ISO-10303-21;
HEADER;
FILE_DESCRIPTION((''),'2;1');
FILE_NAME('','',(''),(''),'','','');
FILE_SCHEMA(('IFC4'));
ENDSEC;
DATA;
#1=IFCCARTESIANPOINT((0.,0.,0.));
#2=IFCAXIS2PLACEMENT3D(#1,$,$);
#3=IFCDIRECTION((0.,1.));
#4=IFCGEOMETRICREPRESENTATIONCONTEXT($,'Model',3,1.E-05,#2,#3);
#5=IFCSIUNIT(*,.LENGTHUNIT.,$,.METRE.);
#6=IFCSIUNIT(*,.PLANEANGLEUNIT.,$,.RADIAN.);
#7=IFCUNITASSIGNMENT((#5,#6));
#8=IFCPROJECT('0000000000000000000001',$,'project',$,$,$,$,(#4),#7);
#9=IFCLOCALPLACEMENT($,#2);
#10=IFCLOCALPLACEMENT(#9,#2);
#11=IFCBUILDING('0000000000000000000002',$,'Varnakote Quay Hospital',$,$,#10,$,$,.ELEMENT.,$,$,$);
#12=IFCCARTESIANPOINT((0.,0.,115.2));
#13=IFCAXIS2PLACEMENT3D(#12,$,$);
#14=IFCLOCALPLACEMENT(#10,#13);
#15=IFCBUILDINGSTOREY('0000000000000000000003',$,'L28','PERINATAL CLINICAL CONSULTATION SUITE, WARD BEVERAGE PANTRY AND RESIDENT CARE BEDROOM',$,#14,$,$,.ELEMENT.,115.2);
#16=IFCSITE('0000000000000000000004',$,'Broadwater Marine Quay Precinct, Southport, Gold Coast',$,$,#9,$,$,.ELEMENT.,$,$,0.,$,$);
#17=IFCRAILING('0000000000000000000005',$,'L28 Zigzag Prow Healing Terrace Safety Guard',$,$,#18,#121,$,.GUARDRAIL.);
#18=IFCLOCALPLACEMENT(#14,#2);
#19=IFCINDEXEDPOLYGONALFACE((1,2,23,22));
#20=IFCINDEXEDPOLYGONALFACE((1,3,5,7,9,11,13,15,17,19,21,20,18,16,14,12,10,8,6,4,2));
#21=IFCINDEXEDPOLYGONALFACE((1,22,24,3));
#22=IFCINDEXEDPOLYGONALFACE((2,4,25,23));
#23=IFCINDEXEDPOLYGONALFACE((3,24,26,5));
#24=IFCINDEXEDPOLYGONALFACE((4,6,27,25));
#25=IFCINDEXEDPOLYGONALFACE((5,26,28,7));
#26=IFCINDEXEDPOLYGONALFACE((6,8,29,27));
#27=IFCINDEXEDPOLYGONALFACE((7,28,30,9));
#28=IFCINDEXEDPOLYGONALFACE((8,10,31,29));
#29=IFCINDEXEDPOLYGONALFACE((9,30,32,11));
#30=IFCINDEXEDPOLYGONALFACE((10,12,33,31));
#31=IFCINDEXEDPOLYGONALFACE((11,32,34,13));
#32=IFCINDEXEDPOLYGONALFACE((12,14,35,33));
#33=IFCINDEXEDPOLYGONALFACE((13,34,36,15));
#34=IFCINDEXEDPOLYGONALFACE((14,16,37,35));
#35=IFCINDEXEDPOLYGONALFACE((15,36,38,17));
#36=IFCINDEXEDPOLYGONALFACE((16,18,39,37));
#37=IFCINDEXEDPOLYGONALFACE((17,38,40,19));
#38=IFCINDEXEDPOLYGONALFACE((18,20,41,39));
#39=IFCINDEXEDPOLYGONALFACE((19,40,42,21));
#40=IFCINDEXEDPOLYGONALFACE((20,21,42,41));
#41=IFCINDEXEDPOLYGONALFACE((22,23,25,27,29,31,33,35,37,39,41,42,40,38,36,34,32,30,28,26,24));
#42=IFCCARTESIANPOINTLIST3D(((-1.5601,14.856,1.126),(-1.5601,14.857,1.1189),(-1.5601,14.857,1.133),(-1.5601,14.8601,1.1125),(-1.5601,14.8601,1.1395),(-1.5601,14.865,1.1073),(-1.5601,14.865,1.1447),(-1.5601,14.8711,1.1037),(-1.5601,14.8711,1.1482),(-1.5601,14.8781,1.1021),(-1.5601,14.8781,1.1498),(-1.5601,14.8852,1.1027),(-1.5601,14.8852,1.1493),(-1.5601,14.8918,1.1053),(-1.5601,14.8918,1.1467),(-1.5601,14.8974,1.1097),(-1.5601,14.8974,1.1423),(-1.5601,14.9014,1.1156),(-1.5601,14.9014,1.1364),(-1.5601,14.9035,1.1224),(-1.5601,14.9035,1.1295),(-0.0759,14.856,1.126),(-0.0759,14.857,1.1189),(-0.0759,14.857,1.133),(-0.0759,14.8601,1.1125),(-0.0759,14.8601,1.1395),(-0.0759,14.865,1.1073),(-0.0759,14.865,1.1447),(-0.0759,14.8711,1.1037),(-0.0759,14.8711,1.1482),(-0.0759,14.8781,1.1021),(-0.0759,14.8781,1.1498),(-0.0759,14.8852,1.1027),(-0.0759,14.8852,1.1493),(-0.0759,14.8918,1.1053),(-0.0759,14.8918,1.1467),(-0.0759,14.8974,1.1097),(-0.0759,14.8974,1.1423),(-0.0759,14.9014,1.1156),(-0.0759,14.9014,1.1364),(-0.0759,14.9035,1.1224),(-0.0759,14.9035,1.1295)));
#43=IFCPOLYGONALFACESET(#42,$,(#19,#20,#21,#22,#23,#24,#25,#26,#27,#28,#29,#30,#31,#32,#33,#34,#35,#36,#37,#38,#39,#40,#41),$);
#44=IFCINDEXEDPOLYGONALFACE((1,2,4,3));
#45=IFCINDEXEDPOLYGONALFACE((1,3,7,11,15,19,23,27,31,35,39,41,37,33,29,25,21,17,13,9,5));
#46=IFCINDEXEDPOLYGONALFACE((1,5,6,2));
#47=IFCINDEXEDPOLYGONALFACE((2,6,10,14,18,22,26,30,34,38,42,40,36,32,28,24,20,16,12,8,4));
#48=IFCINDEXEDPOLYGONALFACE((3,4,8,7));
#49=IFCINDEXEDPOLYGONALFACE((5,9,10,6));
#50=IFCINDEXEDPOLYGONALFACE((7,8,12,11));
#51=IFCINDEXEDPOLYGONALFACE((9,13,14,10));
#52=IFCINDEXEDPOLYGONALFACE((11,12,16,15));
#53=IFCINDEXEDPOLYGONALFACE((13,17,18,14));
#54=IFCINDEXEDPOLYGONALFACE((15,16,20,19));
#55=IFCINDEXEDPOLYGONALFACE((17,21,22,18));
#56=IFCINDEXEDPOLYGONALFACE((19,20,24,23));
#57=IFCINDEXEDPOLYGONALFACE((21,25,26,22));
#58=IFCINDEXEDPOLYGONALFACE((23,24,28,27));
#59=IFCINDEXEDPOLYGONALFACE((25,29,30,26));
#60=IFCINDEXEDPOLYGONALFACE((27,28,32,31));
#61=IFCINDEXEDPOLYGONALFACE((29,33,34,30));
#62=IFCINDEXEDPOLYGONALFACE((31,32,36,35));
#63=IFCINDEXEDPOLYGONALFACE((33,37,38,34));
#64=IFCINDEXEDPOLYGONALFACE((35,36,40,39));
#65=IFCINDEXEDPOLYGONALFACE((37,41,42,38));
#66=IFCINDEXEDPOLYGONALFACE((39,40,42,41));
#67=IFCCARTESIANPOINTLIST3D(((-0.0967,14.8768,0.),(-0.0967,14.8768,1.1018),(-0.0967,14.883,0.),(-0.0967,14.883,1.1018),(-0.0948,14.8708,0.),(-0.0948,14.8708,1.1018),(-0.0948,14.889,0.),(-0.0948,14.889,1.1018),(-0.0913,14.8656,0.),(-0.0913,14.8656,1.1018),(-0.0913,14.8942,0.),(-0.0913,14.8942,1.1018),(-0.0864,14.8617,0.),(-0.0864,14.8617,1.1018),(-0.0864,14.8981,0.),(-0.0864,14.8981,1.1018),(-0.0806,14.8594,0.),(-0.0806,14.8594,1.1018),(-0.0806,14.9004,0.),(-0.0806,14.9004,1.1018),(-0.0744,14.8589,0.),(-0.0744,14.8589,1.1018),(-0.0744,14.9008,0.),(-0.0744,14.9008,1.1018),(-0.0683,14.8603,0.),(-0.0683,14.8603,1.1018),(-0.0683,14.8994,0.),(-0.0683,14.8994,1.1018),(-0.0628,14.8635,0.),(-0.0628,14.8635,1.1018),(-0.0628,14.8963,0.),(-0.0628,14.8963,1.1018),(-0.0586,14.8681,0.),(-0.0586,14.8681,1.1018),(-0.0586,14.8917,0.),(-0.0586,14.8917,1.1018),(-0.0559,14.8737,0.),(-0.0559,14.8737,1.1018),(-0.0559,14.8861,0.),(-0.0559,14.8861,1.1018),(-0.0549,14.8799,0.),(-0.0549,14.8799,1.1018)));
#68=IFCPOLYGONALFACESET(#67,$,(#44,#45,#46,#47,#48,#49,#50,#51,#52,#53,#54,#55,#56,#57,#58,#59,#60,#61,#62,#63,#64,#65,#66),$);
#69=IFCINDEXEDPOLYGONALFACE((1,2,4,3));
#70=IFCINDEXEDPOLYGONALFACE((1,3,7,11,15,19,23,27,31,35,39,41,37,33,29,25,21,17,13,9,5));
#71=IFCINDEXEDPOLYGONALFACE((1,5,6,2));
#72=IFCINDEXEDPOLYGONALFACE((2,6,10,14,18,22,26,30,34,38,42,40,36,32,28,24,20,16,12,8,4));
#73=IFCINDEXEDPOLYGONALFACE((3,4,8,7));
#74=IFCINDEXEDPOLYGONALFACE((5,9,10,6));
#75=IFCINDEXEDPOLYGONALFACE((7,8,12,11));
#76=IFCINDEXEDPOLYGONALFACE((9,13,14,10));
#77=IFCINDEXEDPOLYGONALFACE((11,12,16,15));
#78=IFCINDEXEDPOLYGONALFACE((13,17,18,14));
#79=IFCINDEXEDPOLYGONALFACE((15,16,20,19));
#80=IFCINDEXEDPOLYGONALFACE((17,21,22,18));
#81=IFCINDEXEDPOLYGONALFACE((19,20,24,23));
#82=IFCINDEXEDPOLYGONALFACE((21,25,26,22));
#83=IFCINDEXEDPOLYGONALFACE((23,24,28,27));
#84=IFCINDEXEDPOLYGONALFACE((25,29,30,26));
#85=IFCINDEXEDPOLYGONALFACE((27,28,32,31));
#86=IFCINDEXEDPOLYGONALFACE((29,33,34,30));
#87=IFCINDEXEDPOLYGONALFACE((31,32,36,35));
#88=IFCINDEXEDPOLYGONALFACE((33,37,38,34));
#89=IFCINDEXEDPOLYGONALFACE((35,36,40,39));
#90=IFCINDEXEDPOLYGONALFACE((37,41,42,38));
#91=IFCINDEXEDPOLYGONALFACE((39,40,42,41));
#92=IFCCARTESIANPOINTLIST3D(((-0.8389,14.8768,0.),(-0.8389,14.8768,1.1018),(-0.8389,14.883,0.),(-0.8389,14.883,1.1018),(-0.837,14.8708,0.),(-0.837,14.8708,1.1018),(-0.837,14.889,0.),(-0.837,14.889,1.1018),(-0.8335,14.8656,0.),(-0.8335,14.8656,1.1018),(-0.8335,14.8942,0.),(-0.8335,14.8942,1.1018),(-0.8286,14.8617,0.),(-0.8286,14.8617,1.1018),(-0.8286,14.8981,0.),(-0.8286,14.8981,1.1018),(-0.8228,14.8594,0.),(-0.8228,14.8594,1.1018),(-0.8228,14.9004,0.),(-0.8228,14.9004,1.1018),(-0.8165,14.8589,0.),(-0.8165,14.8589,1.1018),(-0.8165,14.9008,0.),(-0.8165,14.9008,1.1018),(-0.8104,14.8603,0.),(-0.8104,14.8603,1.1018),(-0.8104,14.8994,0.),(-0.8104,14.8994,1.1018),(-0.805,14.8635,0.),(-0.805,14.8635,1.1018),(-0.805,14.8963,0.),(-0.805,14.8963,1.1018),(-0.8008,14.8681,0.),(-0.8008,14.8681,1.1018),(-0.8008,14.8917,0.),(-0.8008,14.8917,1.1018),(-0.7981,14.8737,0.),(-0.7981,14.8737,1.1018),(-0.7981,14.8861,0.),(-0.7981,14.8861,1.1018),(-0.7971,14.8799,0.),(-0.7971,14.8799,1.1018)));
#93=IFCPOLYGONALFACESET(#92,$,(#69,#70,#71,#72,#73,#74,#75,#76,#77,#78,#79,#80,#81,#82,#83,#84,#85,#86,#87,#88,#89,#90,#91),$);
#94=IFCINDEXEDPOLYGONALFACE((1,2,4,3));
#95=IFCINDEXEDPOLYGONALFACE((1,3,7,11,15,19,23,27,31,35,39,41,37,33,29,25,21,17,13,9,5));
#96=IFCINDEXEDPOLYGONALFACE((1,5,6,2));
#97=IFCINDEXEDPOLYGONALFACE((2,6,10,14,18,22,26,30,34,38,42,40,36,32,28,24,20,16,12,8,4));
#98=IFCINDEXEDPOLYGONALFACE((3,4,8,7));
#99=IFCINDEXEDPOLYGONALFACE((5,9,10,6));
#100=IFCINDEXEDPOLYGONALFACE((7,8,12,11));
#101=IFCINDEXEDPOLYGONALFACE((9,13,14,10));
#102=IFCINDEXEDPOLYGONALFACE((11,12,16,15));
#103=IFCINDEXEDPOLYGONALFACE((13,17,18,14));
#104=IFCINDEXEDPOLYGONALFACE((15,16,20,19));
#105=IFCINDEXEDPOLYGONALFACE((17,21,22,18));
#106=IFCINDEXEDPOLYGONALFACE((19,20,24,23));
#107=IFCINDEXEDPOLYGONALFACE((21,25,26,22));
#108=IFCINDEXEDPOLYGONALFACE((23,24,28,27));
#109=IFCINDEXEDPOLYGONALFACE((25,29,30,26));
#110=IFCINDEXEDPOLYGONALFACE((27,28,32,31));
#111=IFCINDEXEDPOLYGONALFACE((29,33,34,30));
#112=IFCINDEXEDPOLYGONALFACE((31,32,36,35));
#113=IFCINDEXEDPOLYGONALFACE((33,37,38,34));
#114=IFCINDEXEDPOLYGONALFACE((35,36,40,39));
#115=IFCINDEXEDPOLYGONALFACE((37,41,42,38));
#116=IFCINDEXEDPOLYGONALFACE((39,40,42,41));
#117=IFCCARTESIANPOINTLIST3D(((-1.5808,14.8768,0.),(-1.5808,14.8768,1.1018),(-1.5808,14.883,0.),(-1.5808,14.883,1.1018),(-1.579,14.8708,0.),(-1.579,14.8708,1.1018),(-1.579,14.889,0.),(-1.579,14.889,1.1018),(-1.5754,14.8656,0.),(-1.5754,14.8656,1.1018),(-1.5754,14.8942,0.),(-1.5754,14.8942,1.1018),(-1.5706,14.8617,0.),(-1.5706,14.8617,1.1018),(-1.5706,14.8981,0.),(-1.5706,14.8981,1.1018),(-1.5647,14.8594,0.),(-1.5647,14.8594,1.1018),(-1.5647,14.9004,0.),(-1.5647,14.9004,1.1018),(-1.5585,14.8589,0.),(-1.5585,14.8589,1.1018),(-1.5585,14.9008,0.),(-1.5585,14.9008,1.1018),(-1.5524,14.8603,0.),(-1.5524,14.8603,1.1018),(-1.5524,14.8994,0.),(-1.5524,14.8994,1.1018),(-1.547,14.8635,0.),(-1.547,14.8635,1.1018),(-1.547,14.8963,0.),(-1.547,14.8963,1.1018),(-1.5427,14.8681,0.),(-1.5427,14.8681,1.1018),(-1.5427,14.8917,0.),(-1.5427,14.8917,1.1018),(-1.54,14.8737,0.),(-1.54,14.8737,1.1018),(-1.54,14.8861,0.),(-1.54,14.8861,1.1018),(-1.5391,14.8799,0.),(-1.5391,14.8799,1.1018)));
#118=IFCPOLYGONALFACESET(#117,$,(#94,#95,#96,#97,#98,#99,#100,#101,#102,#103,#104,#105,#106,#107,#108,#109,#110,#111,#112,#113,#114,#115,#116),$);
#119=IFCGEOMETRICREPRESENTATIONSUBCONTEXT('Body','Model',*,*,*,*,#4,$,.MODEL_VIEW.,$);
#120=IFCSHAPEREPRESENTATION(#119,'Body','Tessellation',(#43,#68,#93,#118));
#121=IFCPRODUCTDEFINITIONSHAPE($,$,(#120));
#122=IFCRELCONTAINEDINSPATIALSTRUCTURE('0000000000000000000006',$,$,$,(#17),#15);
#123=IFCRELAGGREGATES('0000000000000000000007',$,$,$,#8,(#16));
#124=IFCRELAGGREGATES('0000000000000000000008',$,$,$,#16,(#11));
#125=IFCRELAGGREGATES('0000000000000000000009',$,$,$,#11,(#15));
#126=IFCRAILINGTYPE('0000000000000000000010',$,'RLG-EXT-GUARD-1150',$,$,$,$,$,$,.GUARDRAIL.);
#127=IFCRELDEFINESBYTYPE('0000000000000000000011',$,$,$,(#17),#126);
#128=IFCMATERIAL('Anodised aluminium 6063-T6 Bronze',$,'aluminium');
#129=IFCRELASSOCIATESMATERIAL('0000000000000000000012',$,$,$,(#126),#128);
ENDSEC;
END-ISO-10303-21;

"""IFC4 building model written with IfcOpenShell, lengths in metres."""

from ifc_helpers import new_model, si_unit, direction, frame, origin, origin_2d, place, context, subcontext, project, spatial, circle, extrude, material, type_object, element, save


model = new_model("IFC4")

# Units and contexts
model_context = context("Model", 3, precision=1e-05, world=origin(), true_north=direction((0.0, 1.0)))
body_context = subcontext(model_context, "Body", "Model", "MODEL_VIEW")
ifc_project = project(units=[si_unit("LENGTHUNIT", "METRE"), si_unit("PLANEANGLEUNIT", "RADIAN")], contexts=[model_context])

# Site, building, storey
site_placement = place(None, origin())
site = spatial("IfcSite", under=ifc_project, at=site_placement, Name="Broadwater Marine Quay Precinct, Southport, Gold Coast", CompositionType="ELEMENT", RefElevation=0.0)
building_placement = place(site_placement, origin())
building = spatial("IfcBuilding", under=site, at=building_placement, Name="Varnakote Quay Hospital", CompositionType="ELEMENT")
storey_placement = place(building_placement, frame((0.0, 0.0, 115.2)))
storey = spatial("IfcBuildingStorey", under=building, at=storey_placement, Name="L28", Description="PERINATAL CLINICAL CONSULTATION SUITE, WARD BEVERAGE PANTRY AND RESIDENT CARE BEDROOM", CompositionType="ELEMENT", Elevation=115.2)

# Railing
ifc_material_1 = material(Name="Anodised aluminium 6063-T6 Bronze", Category="aluminium")
railing_type = type_object("IfcRailingType", Name="RLG-EXT-GUARD-1150", PredefinedType="GUARDRAIL", material=ifc_material_1)
railing_1_placement = place(storey_placement, frame((-0.0759, 14.8799, 0.0)))
element("IfcRailing", 1, at=railing_1_placement, inside=storey, type_object=railing_type, Name="L28 Zigzag Prow Healing Terrace Safety Guard", PredefinedType="GUARDRAIL", context=body_context, shape_type="SweptSolid", body=[
    extrude(circle(Radius=0.0239, at=origin_2d()), frame((0.0, 0.0, 1.126), z_axis=(-1.0, 0.0, 0.0), x_axis=(0.0, -1.0, 0.0)), (0.0, 0.0, 1.0), 1.4841),
    extrude(circle(Radius=0.021, at=origin_2d()), origin(), (0.0, 0.0, 1.0), 1.1018),
    extrude(circle(Radius=0.021, at=origin_2d()), frame((-0.7422, 0.0, 0.0)), (0.0, 0.0, 1.0), 1.1018),
    extrude(circle(Radius=0.021, at=origin_2d()), frame((-1.4841, 0.0, 0.0)), (0.0, 0.0, 1.0), 1.1018),
])

save(model, "model.ifc")
